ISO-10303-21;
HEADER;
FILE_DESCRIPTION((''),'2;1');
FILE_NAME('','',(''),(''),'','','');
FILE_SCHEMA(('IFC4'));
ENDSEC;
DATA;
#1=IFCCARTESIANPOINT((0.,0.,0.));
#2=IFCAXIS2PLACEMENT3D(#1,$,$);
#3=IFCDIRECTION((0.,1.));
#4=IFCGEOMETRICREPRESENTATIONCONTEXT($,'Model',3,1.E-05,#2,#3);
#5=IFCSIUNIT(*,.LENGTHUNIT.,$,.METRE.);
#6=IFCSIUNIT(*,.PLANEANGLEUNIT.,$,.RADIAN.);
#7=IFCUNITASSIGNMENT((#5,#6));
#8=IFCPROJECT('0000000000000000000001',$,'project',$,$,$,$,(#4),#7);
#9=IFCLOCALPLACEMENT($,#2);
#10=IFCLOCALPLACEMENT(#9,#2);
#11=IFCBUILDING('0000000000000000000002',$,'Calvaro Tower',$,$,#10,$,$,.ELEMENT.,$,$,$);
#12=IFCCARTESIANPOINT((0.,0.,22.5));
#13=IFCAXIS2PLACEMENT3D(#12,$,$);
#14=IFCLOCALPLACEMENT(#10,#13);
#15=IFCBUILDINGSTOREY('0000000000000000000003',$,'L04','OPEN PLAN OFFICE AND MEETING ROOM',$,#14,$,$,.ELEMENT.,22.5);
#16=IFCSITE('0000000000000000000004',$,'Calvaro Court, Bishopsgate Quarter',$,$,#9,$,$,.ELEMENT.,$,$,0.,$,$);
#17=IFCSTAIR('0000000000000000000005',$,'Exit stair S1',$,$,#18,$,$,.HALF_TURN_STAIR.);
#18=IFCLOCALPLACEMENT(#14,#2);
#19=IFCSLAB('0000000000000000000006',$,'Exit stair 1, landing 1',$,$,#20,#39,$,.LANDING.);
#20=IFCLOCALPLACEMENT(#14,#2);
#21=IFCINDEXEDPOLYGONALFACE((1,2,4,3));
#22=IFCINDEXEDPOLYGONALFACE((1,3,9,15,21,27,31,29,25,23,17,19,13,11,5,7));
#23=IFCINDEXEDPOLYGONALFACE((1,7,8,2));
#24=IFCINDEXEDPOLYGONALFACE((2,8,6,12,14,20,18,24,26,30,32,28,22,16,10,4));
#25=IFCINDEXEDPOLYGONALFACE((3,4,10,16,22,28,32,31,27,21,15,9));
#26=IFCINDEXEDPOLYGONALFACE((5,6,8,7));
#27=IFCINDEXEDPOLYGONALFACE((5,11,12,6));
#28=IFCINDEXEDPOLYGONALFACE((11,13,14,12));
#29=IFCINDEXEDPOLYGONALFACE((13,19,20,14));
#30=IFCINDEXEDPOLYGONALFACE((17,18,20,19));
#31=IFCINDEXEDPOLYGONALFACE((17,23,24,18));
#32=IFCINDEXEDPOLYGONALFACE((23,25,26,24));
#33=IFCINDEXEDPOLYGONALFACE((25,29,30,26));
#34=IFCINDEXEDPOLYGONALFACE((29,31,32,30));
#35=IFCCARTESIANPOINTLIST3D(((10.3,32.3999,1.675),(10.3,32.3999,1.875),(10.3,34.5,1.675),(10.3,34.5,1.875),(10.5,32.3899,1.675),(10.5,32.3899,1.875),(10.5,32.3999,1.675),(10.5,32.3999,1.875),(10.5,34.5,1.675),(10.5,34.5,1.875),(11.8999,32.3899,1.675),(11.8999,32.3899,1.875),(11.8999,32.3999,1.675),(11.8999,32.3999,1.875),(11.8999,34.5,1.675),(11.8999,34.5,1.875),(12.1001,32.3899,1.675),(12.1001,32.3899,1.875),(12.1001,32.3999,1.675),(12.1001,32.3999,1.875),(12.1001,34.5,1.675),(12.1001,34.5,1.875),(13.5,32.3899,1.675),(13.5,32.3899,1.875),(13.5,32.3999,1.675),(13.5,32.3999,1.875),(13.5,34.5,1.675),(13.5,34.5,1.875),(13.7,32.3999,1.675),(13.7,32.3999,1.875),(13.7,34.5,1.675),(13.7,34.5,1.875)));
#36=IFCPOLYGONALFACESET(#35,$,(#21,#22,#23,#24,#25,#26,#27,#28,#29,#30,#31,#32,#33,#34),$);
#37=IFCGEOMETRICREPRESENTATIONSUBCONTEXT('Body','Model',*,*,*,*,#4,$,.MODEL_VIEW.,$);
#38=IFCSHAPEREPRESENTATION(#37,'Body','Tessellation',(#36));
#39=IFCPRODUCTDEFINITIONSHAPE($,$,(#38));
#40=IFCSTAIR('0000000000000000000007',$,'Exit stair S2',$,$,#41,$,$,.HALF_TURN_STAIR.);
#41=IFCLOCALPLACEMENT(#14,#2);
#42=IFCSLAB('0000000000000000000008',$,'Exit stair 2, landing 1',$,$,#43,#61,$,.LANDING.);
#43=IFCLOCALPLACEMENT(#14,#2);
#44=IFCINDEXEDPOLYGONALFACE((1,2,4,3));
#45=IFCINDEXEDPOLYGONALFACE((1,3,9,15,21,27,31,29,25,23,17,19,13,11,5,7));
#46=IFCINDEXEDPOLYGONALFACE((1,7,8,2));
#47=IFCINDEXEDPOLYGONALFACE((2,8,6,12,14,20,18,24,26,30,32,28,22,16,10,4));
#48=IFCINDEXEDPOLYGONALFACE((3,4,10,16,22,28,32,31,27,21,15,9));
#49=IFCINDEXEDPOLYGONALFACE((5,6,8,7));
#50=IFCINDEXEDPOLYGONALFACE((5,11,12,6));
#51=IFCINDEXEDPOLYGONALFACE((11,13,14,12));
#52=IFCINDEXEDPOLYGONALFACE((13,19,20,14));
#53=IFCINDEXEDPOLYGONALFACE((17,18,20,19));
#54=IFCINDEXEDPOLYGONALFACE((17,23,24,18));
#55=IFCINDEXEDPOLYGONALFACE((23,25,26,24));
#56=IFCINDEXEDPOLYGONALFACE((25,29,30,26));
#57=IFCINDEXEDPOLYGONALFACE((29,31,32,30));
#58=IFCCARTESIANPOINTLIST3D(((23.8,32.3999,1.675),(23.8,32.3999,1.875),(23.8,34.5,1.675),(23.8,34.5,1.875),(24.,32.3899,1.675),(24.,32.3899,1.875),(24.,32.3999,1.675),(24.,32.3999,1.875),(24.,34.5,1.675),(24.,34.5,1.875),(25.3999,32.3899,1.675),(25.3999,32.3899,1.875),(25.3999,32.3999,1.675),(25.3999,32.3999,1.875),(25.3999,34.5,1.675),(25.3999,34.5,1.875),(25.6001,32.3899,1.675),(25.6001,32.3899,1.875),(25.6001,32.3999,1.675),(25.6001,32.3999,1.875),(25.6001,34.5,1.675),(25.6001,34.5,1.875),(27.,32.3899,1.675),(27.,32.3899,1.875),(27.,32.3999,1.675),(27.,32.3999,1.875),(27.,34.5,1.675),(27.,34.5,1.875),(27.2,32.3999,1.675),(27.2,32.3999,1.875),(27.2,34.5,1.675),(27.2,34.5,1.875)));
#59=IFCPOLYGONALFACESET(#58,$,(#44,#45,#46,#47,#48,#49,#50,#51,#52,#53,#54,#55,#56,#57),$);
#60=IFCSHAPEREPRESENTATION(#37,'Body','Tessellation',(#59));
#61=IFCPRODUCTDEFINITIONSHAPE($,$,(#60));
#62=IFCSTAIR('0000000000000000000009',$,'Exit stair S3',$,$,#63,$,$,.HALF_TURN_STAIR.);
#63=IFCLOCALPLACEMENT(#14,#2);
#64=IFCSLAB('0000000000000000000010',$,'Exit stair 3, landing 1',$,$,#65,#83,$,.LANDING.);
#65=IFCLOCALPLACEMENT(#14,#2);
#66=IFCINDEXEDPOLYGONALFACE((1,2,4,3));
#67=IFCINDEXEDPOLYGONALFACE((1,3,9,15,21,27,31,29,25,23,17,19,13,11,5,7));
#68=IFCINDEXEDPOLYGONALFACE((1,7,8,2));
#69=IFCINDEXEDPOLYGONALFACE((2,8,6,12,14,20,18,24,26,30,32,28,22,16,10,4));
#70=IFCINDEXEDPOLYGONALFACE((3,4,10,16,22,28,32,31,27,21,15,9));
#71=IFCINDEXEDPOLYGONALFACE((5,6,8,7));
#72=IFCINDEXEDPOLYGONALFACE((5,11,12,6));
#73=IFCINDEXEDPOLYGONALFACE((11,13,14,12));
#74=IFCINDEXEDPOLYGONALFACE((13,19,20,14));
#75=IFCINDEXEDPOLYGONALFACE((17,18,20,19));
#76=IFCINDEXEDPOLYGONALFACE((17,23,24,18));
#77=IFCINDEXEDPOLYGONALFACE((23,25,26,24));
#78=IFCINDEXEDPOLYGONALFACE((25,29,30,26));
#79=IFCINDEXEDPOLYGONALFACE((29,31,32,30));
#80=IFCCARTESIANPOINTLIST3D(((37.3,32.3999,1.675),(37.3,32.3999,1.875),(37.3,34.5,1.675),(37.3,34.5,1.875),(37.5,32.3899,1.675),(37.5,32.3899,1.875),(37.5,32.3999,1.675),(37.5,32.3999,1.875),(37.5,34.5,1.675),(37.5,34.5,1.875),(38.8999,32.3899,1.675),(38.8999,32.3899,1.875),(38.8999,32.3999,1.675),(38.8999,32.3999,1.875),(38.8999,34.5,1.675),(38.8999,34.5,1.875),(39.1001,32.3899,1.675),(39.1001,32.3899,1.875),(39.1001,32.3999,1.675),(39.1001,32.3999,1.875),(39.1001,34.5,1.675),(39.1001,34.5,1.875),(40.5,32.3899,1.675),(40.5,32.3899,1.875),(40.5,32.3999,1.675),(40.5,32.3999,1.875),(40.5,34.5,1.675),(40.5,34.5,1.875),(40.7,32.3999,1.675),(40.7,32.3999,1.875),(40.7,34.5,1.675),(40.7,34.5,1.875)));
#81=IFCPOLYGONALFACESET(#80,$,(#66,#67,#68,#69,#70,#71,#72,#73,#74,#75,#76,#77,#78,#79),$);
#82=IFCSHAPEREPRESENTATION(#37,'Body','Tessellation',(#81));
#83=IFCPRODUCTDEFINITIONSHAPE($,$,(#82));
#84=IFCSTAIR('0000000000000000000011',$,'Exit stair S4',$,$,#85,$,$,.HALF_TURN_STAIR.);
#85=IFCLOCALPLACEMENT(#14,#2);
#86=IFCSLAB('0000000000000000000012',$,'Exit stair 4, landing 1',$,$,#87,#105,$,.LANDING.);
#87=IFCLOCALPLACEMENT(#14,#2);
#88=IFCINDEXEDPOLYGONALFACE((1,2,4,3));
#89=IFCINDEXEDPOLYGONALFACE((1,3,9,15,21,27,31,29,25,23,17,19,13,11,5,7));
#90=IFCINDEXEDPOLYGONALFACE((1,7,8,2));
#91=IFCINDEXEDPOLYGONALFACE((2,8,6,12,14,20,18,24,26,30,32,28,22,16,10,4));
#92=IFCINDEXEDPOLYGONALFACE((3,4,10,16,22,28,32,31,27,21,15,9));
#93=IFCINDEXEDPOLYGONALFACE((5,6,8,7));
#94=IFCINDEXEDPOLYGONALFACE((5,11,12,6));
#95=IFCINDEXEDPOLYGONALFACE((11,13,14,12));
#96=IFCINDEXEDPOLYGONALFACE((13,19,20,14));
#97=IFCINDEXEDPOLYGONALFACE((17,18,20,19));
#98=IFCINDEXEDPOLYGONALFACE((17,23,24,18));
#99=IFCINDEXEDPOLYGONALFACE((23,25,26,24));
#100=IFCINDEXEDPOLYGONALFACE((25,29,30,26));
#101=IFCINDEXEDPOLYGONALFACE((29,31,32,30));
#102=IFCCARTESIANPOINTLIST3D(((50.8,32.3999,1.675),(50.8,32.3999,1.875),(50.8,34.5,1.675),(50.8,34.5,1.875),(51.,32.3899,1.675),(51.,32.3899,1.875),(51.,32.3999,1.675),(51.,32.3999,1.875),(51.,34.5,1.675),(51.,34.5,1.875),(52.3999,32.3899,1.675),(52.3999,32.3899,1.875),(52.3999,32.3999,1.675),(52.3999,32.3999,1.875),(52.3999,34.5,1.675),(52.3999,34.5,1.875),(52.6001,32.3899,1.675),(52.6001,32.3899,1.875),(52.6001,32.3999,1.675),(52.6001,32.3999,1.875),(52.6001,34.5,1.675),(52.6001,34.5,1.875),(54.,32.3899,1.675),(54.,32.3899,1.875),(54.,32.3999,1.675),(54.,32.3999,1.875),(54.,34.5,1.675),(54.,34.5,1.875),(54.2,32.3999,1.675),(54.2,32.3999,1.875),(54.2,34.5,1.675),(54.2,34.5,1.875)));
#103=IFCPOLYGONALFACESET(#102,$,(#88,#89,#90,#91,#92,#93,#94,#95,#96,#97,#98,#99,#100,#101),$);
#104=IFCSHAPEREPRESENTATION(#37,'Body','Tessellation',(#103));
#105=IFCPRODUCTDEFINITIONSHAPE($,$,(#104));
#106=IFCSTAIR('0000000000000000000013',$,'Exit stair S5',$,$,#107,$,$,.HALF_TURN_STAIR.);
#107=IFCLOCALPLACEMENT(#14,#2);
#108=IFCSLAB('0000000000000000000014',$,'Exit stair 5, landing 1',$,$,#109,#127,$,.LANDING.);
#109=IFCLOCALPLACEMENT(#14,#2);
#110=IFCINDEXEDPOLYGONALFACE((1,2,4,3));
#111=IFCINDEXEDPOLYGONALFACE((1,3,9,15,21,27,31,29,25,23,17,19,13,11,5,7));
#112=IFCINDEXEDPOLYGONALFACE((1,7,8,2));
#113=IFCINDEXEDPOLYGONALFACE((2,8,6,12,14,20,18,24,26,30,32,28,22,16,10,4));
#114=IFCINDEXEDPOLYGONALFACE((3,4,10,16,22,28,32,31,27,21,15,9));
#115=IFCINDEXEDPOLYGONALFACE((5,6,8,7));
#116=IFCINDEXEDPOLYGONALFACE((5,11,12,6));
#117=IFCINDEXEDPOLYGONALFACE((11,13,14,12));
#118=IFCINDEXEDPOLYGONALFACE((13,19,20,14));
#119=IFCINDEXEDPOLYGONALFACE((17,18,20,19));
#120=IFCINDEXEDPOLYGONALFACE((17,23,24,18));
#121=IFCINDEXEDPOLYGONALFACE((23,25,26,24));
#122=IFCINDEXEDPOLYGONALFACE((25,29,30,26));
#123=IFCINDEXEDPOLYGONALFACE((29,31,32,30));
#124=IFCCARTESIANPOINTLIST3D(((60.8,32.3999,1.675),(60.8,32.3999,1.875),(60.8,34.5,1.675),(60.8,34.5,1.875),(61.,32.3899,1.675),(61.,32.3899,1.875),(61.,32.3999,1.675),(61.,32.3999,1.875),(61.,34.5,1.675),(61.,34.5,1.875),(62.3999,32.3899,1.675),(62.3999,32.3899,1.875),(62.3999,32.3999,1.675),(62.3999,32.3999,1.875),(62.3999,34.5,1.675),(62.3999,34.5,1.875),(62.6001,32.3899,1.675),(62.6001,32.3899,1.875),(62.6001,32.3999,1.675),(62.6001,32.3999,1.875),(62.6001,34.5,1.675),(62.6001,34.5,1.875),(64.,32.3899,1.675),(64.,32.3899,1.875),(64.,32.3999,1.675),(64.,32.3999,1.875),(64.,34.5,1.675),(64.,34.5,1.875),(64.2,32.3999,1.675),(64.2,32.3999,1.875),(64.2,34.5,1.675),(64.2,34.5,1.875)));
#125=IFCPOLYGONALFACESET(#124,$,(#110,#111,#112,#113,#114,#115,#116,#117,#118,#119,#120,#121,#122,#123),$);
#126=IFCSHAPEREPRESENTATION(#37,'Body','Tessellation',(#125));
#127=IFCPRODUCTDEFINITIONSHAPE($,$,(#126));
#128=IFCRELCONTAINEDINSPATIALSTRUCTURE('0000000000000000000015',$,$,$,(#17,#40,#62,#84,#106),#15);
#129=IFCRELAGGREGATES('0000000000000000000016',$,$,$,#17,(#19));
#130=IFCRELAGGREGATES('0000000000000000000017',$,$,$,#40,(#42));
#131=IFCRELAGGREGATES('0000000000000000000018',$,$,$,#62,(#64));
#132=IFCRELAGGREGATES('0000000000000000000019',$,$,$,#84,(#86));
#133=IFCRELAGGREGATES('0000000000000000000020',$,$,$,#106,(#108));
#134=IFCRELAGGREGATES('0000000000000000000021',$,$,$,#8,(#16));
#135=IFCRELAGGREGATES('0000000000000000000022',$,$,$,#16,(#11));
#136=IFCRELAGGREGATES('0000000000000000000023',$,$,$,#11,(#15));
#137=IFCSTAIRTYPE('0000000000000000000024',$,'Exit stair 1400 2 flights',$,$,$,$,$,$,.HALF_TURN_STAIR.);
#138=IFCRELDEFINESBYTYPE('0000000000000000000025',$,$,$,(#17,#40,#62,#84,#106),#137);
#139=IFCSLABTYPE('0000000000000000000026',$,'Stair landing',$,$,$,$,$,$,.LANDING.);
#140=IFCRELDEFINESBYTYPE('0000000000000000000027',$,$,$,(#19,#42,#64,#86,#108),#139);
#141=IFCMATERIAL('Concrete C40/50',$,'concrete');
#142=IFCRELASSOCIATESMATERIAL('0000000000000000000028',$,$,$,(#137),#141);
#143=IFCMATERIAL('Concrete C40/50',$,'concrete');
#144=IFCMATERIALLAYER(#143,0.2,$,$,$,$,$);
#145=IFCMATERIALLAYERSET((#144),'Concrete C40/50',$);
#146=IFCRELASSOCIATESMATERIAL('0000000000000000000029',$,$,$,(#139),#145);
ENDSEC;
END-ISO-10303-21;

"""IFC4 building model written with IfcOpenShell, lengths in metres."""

from ifc_helpers import new_model, si_unit, direction, frame, origin, place, context, subcontext, project, spatial, polyline, outline, extrude, material, layer, layer_set, type_object, element, aggregate, save


model = new_model("IFC4")

# Units and contexts
model_context = context("Model", 3, precision=1e-05, world=origin(), true_north=direction((0.0, 1.0)))
body_context = subcontext(model_context, "Body", "Model", "MODEL_VIEW")
ifc_project = project(units=[si_unit("LENGTHUNIT", "METRE"), si_unit("PLANEANGLEUNIT", "RADIAN")], contexts=[model_context])

# Site, building, storey
site_placement = place(None, origin())
site = spatial("IfcSite", under=ifc_project, at=site_placement, Name="Calvaro Court, Bishopsgate Quarter", CompositionType="ELEMENT", RefElevation=0.0)
building_placement = place(site_placement, origin())
building = spatial("IfcBuilding", under=site, at=building_placement, Name="Calvaro Tower", CompositionType="ELEMENT")
storey_placement = place(building_placement, frame((0.0, 0.0, 22.5)))
storey = spatial("IfcBuildingStorey", under=building, at=storey_placement, Name="L04", Description="OPEN PLAN OFFICE AND MEETING ROOM", CompositionType="ELEMENT", Elevation=22.5)

# Stairs, slabs
ifc_material_1 = material(Name="Concrete C40/50", Category="concrete")
stair_type = type_object("IfcStairType", Name="Exit stair 1400 2 flights", PredefinedType="HALF_TURN_STAIR", material=ifc_material_1)
stair_1_placement = place(storey_placement, origin())
stair_1 = element("IfcStair", 1, at=stair_1_placement, inside=storey, type_object=stair_type, Name="Exit stair S1", PredefinedType="HALF_TURN_STAIR")
ifc_material_2 = material(Name="Concrete C40/50", Category="concrete")
ifc_layer_1 = layer(ifc_material_2, 0.2)
ifc_layer_set_1 = layer_set([ifc_layer_1], Name="Concrete C40/50")
slab_type_1 = type_object("IfcSlabType", Name="Stair landing", PredefinedType="LANDING", material=ifc_layer_set_1)
slab_1_placement = place(storey_placement, frame((0.0, 0.0, 1.675)))
slab_1 = element("IfcSlab", 2, at=slab_1_placement, type_object=slab_type_1, Name="Exit stair 1, landing 1", PredefinedType="LANDING", context=body_context, shape_type="SweptSolid", body=[
    extrude(outline(polyline([(11.8999, 32.3899), (10.5, 32.3899), (10.5, 32.3999), (10.3, 32.3999), (10.3, 34.5), (10.5, 34.5), (11.8999, 34.5), (12.1001, 34.5), (13.5, 34.5), (13.7, 34.5), (13.7, 32.3999), (13.5, 32.3999), (13.5, 32.3899), (12.1001, 32.3899), (12.1001, 32.3999), (11.8999, 32.3999), (11.8999, 32.3899)])), origin(), (0.0, 0.0, 1.0), 0.2),
])
aggregate(stair_1, [slab_1])
stair_2_placement = place(storey_placement, origin())
stair_2 = element("IfcStair", 3, at=stair_2_placement, inside=storey, type_object=stair_type, Name="Exit stair S2", PredefinedType="HALF_TURN_STAIR")
slab_2_placement = place(storey_placement, frame((0.0, 0.0, 1.675)))
slab_2 = element("IfcSlab", 4, at=slab_2_placement, type_object=slab_type_1, Name="Exit stair 2, landing 1", PredefinedType="LANDING", context=body_context, shape_type="SweptSolid", body=[
    extrude(outline(polyline([(25.3999, 32.3899), (24.0, 32.3899), (24.0, 32.3999), (23.8, 32.3999), (23.8, 34.5), (24.0, 34.5), (25.3999, 34.5), (25.6001, 34.5), (27.0, 34.5), (27.2, 34.5), (27.2, 32.3999), (27.0, 32.3999), (27.0, 32.3899), (25.6001, 32.3899), (25.6001, 32.3999), (25.3999, 32.3999), (25.3999, 32.3899)])), origin(), (0.0, 0.0, 1.0), 0.2),
])
aggregate(stair_2, [slab_2])
stair_3_placement = place(storey_placement, origin())
stair_3 = element("IfcStair", 5, at=stair_3_placement, inside=storey, type_object=stair_type, Name="Exit stair S3", PredefinedType="HALF_TURN_STAIR")
slab_3_placement = place(storey_placement, frame((0.0, 0.0, 1.675)))
slab_3 = element("IfcSlab", 6, at=slab_3_placement, type_object=slab_type_1, Name="Exit stair 3, landing 1", PredefinedType="LANDING", context=body_context, shape_type="SweptSolid", body=[
    extrude(outline(polyline([(38.8999, 32.3899), (37.5, 32.3899), (37.5, 32.3999), (37.3, 32.3999), (37.3, 34.5), (37.5, 34.5), (38.8999, 34.5), (39.1001, 34.5), (40.5, 34.5), (40.7, 34.5), (40.7, 32.3999), (40.5, 32.3999), (40.5, 32.3899), (39.1001, 32.3899), (39.1001, 32.3999), (38.8999, 32.3999), (38.8999, 32.3899)])), origin(), (0.0, 0.0, 1.0), 0.2),
])
aggregate(stair_3, [slab_3])
stair_4_placement = place(storey_placement, origin())
stair_4 = element("IfcStair", 7, at=stair_4_placement, inside=storey, type_object=stair_type, Name="Exit stair S4", PredefinedType="HALF_TURN_STAIR")
slab_4_placement = place(storey_placement, frame((0.0, 0.0, 1.675)))
slab_4 = element("IfcSlab", 8, at=slab_4_placement, type_object=slab_type_1, Name="Exit stair 4, landing 1", PredefinedType="LANDING", context=body_context, shape_type="SweptSolid", body=[
    extrude(outline(polyline([(52.3999, 32.3899), (51.0, 32.3899), (51.0, 32.3999), (50.8, 32.3999), (50.8, 34.5), (51.0, 34.5), (52.3999, 34.5), (52.6001, 34.5), (54.0, 34.5), (54.2, 34.5), (54.2, 32.3999), (54.0, 32.3999), (54.0, 32.3899), (52.6001, 32.3899), (52.6001, 32.3999), (52.3999, 32.3999), (52.3999, 32.3899)])), origin(), (0.0, 0.0, 1.0), 0.2),
])
aggregate(stair_4, [slab_4])
stair_5_placement = place(storey_placement, origin())
stair_5 = element("IfcStair", 9, at=stair_5_placement, inside=storey, type_object=stair_type, Name="Exit stair S5", PredefinedType="HALF_TURN_STAIR")
slab_5_placement = place(storey_placement, frame((0.0, 0.0, 1.675)))
slab_5 = element("IfcSlab", 10, at=slab_5_placement, type_object=slab_type_1, Name="Exit stair 5, landing 1", PredefinedType="LANDING", context=body_context, shape_type="SweptSolid", body=[
    extrude(outline(polyline([(62.3999, 32.3899), (61.0, 32.3899), (61.0, 32.3999), (60.8, 32.3999), (60.8, 34.5), (61.0, 34.5), (62.3999, 34.5), (62.6001, 34.5), (64.0, 34.5), (64.2, 34.5), (64.2, 32.3999), (64.0, 32.3999), (64.0, 32.3899), (62.6001, 32.3899), (62.6001, 32.3999), (62.3999, 32.3999), (62.3999, 32.3899)])), origin(), (0.0, 0.0, 1.0), 0.2),
])
aggregate(stair_5, [slab_5])

save(model, "model.ifc")
